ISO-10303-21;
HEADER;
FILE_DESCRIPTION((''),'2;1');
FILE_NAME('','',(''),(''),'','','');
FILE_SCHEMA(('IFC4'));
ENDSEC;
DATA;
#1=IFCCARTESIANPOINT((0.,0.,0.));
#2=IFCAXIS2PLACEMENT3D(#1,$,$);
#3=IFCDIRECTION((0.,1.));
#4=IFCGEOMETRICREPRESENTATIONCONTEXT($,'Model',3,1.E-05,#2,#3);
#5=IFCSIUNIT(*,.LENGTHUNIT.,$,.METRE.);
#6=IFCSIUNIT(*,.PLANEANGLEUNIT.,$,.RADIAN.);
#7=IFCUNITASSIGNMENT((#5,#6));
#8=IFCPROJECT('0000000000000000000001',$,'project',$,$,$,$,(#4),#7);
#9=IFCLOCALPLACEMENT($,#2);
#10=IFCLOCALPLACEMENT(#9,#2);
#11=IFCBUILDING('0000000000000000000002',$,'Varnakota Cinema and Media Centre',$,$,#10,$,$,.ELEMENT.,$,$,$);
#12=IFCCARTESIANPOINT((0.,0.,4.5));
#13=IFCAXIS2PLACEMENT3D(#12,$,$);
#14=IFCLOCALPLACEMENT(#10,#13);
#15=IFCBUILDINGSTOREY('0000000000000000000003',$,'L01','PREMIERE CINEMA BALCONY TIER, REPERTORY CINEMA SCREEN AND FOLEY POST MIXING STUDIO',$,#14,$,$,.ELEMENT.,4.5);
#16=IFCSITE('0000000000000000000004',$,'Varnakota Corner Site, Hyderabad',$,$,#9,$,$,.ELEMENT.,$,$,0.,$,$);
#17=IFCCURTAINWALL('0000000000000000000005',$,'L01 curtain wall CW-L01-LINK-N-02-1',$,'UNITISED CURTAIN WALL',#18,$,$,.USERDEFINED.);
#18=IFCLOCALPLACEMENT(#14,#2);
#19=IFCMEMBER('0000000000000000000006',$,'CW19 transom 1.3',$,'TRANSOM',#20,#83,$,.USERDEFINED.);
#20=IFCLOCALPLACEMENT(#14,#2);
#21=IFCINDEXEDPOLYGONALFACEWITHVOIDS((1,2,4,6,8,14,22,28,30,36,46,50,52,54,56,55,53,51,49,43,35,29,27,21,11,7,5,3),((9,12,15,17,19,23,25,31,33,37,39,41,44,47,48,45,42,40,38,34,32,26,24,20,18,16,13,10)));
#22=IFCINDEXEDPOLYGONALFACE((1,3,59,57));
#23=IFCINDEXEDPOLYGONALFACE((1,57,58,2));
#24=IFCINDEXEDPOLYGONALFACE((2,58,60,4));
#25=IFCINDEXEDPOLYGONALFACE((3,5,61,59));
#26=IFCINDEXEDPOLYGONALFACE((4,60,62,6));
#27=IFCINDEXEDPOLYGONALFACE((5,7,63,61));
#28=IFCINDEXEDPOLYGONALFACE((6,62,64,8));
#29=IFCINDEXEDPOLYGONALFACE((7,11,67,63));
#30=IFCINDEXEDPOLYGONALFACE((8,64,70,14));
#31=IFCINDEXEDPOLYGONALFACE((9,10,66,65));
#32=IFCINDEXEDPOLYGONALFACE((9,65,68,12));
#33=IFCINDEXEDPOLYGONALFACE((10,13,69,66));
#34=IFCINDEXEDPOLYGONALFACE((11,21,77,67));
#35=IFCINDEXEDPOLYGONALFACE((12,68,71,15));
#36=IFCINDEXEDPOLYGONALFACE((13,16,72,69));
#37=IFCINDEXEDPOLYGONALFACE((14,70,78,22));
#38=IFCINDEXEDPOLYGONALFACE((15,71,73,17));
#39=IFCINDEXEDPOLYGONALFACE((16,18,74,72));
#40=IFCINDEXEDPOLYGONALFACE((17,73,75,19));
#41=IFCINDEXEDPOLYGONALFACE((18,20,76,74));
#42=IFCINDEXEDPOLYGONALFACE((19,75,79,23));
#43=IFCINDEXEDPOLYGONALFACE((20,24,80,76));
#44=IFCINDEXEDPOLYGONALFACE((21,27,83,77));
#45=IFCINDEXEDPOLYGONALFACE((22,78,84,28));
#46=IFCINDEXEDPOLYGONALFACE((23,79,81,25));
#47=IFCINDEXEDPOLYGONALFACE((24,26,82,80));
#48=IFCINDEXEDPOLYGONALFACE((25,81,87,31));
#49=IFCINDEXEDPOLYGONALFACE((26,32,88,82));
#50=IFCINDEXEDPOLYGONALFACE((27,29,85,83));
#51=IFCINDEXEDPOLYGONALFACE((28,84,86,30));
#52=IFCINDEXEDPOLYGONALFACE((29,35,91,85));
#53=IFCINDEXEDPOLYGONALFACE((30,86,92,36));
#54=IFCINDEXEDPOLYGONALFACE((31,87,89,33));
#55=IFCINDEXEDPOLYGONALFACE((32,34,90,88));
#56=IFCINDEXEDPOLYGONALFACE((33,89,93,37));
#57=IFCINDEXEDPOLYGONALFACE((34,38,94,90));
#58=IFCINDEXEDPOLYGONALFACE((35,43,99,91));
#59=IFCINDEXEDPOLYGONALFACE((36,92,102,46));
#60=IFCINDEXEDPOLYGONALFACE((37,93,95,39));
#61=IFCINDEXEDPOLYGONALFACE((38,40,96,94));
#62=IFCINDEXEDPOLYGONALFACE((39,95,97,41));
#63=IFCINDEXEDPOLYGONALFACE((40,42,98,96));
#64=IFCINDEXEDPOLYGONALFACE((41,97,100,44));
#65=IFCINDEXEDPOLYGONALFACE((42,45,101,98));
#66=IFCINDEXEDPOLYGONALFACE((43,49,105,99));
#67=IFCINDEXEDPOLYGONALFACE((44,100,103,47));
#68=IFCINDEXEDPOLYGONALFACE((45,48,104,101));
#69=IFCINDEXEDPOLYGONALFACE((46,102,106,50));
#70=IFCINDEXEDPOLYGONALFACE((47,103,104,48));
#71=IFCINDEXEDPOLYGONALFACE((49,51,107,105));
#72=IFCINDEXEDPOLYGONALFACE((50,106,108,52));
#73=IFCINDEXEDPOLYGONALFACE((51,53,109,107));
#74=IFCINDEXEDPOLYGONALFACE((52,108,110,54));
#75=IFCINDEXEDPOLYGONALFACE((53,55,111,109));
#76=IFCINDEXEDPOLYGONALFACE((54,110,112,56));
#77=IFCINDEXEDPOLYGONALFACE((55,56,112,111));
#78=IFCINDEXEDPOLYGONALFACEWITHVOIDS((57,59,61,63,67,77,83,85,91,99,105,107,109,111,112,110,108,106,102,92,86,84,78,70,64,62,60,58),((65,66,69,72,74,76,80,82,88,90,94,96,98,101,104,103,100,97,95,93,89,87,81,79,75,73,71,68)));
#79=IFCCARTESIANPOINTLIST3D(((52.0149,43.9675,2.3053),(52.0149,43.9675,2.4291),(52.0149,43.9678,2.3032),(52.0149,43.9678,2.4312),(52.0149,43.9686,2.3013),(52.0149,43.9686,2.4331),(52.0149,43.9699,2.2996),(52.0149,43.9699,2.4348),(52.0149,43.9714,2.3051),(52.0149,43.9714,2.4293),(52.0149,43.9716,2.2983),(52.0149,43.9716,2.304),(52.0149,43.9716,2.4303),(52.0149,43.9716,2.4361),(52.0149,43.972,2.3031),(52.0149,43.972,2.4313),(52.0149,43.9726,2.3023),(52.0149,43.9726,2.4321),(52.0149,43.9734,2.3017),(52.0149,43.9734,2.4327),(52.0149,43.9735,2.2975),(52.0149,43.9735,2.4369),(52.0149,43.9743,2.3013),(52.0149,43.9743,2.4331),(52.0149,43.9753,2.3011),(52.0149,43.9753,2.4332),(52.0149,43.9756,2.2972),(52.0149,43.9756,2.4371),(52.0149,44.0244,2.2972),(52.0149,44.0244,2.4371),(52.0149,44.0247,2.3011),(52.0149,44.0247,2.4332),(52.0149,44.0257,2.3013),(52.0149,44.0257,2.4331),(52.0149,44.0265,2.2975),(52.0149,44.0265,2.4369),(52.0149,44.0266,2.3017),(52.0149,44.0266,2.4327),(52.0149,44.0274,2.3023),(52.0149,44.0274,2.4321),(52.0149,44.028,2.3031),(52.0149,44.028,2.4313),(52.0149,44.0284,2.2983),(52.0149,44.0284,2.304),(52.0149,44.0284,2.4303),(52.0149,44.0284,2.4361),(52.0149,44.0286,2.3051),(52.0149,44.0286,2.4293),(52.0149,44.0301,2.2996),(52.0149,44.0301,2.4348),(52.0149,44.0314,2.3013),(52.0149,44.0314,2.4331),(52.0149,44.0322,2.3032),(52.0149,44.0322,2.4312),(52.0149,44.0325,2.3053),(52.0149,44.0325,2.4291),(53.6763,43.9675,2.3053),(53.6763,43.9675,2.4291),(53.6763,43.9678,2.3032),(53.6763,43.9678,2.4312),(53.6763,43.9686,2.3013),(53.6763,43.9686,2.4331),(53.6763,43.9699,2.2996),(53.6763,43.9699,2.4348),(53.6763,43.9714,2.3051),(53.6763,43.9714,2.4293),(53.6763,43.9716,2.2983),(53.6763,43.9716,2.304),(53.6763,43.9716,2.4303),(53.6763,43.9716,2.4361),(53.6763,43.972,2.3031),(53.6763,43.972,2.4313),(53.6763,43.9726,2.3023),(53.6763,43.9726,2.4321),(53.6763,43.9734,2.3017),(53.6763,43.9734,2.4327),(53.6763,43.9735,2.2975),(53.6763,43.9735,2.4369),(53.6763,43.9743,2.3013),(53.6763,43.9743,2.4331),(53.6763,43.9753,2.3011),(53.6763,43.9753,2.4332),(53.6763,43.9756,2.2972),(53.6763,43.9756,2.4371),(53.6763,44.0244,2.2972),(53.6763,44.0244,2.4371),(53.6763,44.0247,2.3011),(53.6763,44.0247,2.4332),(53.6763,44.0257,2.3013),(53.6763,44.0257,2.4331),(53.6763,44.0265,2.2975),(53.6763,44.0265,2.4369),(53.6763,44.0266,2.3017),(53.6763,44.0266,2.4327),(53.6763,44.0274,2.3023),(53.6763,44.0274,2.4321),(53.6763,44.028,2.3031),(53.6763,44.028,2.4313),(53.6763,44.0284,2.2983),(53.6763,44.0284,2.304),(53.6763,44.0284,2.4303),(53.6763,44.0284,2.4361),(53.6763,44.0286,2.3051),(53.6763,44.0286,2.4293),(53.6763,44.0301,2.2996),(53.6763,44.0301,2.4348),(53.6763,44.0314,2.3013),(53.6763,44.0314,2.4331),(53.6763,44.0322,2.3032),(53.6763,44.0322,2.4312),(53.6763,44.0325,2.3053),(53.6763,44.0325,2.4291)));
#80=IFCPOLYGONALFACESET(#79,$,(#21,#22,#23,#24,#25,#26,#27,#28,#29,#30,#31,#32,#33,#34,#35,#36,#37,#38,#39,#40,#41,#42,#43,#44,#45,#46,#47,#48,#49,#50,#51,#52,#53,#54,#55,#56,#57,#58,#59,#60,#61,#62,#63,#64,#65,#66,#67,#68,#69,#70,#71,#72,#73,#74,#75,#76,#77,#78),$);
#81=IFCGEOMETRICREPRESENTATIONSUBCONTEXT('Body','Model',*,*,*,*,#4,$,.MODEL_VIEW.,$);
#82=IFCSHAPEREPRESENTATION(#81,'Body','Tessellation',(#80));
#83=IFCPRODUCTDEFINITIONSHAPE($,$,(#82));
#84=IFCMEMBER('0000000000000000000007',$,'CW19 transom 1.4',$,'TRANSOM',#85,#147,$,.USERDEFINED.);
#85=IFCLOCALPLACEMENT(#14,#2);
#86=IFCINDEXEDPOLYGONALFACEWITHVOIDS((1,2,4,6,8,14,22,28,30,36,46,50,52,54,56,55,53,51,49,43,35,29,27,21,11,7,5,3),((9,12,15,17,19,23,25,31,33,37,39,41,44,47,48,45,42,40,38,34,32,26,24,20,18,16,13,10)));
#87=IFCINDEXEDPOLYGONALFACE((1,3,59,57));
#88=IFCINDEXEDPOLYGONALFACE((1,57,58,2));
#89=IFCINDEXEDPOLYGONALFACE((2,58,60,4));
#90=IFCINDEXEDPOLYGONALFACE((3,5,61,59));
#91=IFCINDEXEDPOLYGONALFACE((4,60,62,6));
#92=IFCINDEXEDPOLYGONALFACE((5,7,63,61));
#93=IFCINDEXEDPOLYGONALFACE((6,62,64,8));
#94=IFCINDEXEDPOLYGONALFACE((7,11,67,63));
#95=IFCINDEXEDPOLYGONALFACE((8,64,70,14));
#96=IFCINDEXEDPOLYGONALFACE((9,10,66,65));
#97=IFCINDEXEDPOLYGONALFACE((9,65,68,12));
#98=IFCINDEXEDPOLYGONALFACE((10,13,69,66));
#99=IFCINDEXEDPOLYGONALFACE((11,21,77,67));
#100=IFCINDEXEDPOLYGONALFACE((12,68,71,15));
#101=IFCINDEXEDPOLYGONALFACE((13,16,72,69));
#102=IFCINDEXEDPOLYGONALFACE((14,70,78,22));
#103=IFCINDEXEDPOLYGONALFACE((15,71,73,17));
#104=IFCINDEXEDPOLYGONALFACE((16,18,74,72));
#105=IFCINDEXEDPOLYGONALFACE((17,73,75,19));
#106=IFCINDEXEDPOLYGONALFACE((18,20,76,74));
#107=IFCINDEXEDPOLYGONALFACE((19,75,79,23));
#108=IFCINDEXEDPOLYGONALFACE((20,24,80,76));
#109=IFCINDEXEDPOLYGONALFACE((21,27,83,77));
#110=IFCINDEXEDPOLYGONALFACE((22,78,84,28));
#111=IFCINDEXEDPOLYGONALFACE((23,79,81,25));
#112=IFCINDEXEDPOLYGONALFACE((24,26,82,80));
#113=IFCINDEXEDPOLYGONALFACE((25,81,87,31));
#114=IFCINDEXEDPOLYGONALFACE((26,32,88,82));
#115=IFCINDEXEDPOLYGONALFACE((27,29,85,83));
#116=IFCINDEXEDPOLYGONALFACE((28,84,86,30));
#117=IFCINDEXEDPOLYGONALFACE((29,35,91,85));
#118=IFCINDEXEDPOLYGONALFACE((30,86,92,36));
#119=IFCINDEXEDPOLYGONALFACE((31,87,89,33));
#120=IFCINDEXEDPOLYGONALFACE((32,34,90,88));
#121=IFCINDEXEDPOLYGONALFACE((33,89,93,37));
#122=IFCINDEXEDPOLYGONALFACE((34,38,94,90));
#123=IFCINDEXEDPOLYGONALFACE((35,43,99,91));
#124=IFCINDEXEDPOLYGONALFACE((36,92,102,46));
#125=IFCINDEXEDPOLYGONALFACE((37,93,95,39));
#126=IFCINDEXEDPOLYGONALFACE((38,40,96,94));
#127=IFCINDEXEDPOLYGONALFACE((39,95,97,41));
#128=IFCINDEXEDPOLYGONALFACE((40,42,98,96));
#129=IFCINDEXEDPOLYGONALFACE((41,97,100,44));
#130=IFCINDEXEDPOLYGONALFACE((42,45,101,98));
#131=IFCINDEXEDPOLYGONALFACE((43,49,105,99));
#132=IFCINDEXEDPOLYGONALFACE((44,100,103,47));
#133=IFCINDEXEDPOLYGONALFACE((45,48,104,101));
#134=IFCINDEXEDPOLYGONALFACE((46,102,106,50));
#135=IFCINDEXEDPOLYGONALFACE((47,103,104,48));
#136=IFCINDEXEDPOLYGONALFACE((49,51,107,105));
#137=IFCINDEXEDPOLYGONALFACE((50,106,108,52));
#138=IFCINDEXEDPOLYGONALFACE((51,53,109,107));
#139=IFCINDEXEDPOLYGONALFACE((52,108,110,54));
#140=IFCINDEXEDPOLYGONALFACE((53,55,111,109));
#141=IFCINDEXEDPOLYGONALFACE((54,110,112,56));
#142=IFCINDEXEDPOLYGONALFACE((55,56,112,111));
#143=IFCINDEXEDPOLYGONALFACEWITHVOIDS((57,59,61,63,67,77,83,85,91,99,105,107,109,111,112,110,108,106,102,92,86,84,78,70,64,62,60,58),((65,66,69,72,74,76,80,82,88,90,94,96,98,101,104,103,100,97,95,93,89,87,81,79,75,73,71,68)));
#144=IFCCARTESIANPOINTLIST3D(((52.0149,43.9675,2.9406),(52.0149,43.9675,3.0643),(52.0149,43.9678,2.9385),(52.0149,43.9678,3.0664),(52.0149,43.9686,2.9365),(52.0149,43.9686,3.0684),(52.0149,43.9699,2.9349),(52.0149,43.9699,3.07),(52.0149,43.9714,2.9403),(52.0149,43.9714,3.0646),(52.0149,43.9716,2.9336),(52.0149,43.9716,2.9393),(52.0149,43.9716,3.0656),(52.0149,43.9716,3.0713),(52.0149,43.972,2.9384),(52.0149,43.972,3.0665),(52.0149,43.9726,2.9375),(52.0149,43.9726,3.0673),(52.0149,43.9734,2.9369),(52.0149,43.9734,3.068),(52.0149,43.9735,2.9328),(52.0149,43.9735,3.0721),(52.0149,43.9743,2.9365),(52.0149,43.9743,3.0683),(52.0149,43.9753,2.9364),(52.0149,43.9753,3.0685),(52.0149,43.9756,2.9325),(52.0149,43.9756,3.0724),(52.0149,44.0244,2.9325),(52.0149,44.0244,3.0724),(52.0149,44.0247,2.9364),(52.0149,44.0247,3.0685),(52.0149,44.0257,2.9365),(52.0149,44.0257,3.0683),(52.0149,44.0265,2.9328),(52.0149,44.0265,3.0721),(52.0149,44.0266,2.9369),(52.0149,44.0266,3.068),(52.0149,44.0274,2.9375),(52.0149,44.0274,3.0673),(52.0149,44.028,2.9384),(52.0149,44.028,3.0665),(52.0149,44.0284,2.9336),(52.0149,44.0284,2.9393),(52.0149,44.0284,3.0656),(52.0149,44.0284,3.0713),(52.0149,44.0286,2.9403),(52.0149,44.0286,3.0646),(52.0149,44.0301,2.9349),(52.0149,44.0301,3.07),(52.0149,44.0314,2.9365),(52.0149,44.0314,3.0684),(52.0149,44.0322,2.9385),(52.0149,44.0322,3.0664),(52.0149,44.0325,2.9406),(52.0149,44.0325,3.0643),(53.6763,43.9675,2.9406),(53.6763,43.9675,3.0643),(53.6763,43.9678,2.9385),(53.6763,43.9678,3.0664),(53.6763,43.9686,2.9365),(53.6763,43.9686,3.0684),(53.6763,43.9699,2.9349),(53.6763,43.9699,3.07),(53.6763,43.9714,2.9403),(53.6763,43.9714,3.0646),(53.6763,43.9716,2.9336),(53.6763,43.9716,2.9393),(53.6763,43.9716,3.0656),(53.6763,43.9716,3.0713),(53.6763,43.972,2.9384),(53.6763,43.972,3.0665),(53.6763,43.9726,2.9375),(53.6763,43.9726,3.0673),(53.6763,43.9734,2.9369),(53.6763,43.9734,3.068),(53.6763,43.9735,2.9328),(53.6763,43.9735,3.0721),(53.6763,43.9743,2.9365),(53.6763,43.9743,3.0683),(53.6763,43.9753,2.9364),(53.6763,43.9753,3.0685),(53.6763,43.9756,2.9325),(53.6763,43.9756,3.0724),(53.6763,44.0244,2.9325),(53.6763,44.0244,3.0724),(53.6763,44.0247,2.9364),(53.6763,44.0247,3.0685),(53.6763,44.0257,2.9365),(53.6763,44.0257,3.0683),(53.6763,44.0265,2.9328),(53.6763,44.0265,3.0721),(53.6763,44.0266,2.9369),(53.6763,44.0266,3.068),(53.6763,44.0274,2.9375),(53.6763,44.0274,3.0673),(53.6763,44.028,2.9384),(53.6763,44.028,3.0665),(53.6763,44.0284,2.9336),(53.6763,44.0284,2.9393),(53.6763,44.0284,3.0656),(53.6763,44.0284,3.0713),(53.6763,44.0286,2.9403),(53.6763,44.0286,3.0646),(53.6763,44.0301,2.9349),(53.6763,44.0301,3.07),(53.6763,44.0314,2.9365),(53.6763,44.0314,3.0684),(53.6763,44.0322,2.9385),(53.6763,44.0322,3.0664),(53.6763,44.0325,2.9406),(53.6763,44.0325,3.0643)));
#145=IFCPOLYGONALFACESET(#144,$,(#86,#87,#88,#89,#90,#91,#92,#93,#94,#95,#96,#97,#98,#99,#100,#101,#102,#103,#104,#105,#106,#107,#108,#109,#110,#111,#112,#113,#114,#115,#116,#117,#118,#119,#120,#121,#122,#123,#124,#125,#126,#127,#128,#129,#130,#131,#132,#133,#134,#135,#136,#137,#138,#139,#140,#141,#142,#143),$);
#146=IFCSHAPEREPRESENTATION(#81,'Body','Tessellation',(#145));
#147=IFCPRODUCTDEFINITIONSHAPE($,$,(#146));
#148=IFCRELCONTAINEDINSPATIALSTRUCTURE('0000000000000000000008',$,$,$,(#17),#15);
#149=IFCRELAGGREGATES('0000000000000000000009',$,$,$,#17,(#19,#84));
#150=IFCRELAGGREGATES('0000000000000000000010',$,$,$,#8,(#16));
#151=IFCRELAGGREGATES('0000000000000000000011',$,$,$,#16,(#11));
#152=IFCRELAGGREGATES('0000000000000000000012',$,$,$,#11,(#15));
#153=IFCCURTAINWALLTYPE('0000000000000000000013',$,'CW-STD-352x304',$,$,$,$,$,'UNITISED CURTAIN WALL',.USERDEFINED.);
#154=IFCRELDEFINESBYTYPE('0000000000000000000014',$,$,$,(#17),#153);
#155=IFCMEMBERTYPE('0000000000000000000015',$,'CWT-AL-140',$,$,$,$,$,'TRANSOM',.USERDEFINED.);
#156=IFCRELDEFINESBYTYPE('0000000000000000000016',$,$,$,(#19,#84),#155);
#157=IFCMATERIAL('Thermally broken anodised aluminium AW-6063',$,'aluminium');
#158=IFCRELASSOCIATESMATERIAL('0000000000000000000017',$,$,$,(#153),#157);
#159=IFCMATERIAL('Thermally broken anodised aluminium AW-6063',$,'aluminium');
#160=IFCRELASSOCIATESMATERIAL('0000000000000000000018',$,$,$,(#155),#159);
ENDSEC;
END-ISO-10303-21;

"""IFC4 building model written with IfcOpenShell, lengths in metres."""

from ifc_helpers import new_model, si_unit, direction, frame, origin, origin_2d, place, context, subcontext, project, spatial, hollow_rectangle, extrude, material, material_profile, profile_set, type_object, element, aggregate, save


model = new_model("IFC4")

# Units and contexts
model_context = context("Model", 3, precision=1e-05, world=origin(), true_north=direction((0.0, 1.0)))
body_context = subcontext(model_context, "Body", "Model", "MODEL_VIEW")
ifc_project = project(units=[si_unit("LENGTHUNIT", "METRE"), si_unit("PLANEANGLEUNIT", "RADIAN")], contexts=[model_context])

# Site, building, storey
site_placement = place(None, origin())
site = spatial("IfcSite", under=ifc_project, at=site_placement, Name="Varnakota Corner Site, Hyderabad", CompositionType="ELEMENT", RefElevation=0.0)
building_placement = place(site_placement, origin())
building = spatial("IfcBuilding", under=site, at=building_placement, Name="Varnakota Cinema and Media Centre", CompositionType="ELEMENT")
storey_placement = place(building_placement, frame((0.0, 0.0, 4.5)))
storey = spatial("IfcBuildingStorey", under=building, at=storey_placement, Name="L01", Description="PREMIERE CINEMA BALCONY TIER, REPERTORY CINEMA SCREEN AND FOLEY POST MIXING STUDIO", CompositionType="ELEMENT", Elevation=4.5)

# Curtain wall
ifc_material_1 = material(Name="Thermally broken anodised aluminium AW-6063", Category="aluminium")
curtain_wall_type = type_object("IfcCurtainWallType", Name="CW-STD-352x304", ElementType="UNITISED CURTAIN WALL", PredefinedType="USERDEFINED", material=ifc_material_1)
curtain_wall_1_placement = place(storey_placement, origin())
curtain_wall_1 = element("IfcCurtainWall", 1, at=curtain_wall_1_placement, inside=storey, type_object=curtain_wall_type, Name="L01 curtain wall CW-L01-LINK-N-02-1", ObjectType="UNITISED CURTAIN WALL", PredefinedType="USERDEFINED")

# Members
ifc_material_2 = material(Name="Thermally broken anodised aluminium AW-6063", Category="aluminium")
ifc_material_profile_1 = material_profile(ifc_material_2, hollow_rectangle(XDim=0.0649, YDim=0.1399, WallThickness=0.0039, InnerFilletRadius=0.0039, OuterFilletRadius=0.0081, at=origin_2d()), Name="AL-TRANSOM 140x65x4")
ifc_profile_set_1 = profile_set([ifc_material_profile_1], Name="Thermally broken anodised aluminium AW-6063")
member_type_1 = type_object("IfcMemberType", Name="CWT-AL-140", ElementType="TRANSOM", PredefinedType="USERDEFINED", material=ifc_profile_set_1)
member_1_placement = place(storey_placement, frame((52.0149, 44.0, 2.3672), z_axis=(1.0, 0.0, 0.0), x_axis=(0.0, 1.0, 0.0)))
member_1 = element("IfcMember", 2, at=member_1_placement, type_object=member_type_1, Name="CW19 transom 1.3", ObjectType="TRANSOM", PredefinedType="USERDEFINED", context=body_context, shape_type="SweptSolid", body=[
    extrude(hollow_rectangle(XDim=0.0649, YDim=0.1399, WallThickness=0.0039, InnerFilletRadius=0.0039, OuterFilletRadius=0.0081, at=origin_2d()), origin(), (0.0, 0.0, 1.0), 1.6614),
])
member_2_placement = place(storey_placement, frame((52.0149, 44.0, 3.0024), z_axis=(1.0, 0.0, 0.0), x_axis=(0.0, 1.0, 0.0)))
member_2 = element("IfcMember", 3, at=member_2_placement, type_object=member_type_1, Name="CW19 transom 1.4", ObjectType="TRANSOM", PredefinedType="USERDEFINED", context=body_context, shape_type="SweptSolid", body=[
    extrude(hollow_rectangle(XDim=0.0649, YDim=0.1399, WallThickness=0.0039, InnerFilletRadius=0.0039, OuterFilletRadius=0.0081, at=origin_2d()), origin(), (0.0, 0.0, 1.0), 1.6614),
])

aggregate(curtain_wall_1, [member_1, member_2])

save(model, "model.ifc")
